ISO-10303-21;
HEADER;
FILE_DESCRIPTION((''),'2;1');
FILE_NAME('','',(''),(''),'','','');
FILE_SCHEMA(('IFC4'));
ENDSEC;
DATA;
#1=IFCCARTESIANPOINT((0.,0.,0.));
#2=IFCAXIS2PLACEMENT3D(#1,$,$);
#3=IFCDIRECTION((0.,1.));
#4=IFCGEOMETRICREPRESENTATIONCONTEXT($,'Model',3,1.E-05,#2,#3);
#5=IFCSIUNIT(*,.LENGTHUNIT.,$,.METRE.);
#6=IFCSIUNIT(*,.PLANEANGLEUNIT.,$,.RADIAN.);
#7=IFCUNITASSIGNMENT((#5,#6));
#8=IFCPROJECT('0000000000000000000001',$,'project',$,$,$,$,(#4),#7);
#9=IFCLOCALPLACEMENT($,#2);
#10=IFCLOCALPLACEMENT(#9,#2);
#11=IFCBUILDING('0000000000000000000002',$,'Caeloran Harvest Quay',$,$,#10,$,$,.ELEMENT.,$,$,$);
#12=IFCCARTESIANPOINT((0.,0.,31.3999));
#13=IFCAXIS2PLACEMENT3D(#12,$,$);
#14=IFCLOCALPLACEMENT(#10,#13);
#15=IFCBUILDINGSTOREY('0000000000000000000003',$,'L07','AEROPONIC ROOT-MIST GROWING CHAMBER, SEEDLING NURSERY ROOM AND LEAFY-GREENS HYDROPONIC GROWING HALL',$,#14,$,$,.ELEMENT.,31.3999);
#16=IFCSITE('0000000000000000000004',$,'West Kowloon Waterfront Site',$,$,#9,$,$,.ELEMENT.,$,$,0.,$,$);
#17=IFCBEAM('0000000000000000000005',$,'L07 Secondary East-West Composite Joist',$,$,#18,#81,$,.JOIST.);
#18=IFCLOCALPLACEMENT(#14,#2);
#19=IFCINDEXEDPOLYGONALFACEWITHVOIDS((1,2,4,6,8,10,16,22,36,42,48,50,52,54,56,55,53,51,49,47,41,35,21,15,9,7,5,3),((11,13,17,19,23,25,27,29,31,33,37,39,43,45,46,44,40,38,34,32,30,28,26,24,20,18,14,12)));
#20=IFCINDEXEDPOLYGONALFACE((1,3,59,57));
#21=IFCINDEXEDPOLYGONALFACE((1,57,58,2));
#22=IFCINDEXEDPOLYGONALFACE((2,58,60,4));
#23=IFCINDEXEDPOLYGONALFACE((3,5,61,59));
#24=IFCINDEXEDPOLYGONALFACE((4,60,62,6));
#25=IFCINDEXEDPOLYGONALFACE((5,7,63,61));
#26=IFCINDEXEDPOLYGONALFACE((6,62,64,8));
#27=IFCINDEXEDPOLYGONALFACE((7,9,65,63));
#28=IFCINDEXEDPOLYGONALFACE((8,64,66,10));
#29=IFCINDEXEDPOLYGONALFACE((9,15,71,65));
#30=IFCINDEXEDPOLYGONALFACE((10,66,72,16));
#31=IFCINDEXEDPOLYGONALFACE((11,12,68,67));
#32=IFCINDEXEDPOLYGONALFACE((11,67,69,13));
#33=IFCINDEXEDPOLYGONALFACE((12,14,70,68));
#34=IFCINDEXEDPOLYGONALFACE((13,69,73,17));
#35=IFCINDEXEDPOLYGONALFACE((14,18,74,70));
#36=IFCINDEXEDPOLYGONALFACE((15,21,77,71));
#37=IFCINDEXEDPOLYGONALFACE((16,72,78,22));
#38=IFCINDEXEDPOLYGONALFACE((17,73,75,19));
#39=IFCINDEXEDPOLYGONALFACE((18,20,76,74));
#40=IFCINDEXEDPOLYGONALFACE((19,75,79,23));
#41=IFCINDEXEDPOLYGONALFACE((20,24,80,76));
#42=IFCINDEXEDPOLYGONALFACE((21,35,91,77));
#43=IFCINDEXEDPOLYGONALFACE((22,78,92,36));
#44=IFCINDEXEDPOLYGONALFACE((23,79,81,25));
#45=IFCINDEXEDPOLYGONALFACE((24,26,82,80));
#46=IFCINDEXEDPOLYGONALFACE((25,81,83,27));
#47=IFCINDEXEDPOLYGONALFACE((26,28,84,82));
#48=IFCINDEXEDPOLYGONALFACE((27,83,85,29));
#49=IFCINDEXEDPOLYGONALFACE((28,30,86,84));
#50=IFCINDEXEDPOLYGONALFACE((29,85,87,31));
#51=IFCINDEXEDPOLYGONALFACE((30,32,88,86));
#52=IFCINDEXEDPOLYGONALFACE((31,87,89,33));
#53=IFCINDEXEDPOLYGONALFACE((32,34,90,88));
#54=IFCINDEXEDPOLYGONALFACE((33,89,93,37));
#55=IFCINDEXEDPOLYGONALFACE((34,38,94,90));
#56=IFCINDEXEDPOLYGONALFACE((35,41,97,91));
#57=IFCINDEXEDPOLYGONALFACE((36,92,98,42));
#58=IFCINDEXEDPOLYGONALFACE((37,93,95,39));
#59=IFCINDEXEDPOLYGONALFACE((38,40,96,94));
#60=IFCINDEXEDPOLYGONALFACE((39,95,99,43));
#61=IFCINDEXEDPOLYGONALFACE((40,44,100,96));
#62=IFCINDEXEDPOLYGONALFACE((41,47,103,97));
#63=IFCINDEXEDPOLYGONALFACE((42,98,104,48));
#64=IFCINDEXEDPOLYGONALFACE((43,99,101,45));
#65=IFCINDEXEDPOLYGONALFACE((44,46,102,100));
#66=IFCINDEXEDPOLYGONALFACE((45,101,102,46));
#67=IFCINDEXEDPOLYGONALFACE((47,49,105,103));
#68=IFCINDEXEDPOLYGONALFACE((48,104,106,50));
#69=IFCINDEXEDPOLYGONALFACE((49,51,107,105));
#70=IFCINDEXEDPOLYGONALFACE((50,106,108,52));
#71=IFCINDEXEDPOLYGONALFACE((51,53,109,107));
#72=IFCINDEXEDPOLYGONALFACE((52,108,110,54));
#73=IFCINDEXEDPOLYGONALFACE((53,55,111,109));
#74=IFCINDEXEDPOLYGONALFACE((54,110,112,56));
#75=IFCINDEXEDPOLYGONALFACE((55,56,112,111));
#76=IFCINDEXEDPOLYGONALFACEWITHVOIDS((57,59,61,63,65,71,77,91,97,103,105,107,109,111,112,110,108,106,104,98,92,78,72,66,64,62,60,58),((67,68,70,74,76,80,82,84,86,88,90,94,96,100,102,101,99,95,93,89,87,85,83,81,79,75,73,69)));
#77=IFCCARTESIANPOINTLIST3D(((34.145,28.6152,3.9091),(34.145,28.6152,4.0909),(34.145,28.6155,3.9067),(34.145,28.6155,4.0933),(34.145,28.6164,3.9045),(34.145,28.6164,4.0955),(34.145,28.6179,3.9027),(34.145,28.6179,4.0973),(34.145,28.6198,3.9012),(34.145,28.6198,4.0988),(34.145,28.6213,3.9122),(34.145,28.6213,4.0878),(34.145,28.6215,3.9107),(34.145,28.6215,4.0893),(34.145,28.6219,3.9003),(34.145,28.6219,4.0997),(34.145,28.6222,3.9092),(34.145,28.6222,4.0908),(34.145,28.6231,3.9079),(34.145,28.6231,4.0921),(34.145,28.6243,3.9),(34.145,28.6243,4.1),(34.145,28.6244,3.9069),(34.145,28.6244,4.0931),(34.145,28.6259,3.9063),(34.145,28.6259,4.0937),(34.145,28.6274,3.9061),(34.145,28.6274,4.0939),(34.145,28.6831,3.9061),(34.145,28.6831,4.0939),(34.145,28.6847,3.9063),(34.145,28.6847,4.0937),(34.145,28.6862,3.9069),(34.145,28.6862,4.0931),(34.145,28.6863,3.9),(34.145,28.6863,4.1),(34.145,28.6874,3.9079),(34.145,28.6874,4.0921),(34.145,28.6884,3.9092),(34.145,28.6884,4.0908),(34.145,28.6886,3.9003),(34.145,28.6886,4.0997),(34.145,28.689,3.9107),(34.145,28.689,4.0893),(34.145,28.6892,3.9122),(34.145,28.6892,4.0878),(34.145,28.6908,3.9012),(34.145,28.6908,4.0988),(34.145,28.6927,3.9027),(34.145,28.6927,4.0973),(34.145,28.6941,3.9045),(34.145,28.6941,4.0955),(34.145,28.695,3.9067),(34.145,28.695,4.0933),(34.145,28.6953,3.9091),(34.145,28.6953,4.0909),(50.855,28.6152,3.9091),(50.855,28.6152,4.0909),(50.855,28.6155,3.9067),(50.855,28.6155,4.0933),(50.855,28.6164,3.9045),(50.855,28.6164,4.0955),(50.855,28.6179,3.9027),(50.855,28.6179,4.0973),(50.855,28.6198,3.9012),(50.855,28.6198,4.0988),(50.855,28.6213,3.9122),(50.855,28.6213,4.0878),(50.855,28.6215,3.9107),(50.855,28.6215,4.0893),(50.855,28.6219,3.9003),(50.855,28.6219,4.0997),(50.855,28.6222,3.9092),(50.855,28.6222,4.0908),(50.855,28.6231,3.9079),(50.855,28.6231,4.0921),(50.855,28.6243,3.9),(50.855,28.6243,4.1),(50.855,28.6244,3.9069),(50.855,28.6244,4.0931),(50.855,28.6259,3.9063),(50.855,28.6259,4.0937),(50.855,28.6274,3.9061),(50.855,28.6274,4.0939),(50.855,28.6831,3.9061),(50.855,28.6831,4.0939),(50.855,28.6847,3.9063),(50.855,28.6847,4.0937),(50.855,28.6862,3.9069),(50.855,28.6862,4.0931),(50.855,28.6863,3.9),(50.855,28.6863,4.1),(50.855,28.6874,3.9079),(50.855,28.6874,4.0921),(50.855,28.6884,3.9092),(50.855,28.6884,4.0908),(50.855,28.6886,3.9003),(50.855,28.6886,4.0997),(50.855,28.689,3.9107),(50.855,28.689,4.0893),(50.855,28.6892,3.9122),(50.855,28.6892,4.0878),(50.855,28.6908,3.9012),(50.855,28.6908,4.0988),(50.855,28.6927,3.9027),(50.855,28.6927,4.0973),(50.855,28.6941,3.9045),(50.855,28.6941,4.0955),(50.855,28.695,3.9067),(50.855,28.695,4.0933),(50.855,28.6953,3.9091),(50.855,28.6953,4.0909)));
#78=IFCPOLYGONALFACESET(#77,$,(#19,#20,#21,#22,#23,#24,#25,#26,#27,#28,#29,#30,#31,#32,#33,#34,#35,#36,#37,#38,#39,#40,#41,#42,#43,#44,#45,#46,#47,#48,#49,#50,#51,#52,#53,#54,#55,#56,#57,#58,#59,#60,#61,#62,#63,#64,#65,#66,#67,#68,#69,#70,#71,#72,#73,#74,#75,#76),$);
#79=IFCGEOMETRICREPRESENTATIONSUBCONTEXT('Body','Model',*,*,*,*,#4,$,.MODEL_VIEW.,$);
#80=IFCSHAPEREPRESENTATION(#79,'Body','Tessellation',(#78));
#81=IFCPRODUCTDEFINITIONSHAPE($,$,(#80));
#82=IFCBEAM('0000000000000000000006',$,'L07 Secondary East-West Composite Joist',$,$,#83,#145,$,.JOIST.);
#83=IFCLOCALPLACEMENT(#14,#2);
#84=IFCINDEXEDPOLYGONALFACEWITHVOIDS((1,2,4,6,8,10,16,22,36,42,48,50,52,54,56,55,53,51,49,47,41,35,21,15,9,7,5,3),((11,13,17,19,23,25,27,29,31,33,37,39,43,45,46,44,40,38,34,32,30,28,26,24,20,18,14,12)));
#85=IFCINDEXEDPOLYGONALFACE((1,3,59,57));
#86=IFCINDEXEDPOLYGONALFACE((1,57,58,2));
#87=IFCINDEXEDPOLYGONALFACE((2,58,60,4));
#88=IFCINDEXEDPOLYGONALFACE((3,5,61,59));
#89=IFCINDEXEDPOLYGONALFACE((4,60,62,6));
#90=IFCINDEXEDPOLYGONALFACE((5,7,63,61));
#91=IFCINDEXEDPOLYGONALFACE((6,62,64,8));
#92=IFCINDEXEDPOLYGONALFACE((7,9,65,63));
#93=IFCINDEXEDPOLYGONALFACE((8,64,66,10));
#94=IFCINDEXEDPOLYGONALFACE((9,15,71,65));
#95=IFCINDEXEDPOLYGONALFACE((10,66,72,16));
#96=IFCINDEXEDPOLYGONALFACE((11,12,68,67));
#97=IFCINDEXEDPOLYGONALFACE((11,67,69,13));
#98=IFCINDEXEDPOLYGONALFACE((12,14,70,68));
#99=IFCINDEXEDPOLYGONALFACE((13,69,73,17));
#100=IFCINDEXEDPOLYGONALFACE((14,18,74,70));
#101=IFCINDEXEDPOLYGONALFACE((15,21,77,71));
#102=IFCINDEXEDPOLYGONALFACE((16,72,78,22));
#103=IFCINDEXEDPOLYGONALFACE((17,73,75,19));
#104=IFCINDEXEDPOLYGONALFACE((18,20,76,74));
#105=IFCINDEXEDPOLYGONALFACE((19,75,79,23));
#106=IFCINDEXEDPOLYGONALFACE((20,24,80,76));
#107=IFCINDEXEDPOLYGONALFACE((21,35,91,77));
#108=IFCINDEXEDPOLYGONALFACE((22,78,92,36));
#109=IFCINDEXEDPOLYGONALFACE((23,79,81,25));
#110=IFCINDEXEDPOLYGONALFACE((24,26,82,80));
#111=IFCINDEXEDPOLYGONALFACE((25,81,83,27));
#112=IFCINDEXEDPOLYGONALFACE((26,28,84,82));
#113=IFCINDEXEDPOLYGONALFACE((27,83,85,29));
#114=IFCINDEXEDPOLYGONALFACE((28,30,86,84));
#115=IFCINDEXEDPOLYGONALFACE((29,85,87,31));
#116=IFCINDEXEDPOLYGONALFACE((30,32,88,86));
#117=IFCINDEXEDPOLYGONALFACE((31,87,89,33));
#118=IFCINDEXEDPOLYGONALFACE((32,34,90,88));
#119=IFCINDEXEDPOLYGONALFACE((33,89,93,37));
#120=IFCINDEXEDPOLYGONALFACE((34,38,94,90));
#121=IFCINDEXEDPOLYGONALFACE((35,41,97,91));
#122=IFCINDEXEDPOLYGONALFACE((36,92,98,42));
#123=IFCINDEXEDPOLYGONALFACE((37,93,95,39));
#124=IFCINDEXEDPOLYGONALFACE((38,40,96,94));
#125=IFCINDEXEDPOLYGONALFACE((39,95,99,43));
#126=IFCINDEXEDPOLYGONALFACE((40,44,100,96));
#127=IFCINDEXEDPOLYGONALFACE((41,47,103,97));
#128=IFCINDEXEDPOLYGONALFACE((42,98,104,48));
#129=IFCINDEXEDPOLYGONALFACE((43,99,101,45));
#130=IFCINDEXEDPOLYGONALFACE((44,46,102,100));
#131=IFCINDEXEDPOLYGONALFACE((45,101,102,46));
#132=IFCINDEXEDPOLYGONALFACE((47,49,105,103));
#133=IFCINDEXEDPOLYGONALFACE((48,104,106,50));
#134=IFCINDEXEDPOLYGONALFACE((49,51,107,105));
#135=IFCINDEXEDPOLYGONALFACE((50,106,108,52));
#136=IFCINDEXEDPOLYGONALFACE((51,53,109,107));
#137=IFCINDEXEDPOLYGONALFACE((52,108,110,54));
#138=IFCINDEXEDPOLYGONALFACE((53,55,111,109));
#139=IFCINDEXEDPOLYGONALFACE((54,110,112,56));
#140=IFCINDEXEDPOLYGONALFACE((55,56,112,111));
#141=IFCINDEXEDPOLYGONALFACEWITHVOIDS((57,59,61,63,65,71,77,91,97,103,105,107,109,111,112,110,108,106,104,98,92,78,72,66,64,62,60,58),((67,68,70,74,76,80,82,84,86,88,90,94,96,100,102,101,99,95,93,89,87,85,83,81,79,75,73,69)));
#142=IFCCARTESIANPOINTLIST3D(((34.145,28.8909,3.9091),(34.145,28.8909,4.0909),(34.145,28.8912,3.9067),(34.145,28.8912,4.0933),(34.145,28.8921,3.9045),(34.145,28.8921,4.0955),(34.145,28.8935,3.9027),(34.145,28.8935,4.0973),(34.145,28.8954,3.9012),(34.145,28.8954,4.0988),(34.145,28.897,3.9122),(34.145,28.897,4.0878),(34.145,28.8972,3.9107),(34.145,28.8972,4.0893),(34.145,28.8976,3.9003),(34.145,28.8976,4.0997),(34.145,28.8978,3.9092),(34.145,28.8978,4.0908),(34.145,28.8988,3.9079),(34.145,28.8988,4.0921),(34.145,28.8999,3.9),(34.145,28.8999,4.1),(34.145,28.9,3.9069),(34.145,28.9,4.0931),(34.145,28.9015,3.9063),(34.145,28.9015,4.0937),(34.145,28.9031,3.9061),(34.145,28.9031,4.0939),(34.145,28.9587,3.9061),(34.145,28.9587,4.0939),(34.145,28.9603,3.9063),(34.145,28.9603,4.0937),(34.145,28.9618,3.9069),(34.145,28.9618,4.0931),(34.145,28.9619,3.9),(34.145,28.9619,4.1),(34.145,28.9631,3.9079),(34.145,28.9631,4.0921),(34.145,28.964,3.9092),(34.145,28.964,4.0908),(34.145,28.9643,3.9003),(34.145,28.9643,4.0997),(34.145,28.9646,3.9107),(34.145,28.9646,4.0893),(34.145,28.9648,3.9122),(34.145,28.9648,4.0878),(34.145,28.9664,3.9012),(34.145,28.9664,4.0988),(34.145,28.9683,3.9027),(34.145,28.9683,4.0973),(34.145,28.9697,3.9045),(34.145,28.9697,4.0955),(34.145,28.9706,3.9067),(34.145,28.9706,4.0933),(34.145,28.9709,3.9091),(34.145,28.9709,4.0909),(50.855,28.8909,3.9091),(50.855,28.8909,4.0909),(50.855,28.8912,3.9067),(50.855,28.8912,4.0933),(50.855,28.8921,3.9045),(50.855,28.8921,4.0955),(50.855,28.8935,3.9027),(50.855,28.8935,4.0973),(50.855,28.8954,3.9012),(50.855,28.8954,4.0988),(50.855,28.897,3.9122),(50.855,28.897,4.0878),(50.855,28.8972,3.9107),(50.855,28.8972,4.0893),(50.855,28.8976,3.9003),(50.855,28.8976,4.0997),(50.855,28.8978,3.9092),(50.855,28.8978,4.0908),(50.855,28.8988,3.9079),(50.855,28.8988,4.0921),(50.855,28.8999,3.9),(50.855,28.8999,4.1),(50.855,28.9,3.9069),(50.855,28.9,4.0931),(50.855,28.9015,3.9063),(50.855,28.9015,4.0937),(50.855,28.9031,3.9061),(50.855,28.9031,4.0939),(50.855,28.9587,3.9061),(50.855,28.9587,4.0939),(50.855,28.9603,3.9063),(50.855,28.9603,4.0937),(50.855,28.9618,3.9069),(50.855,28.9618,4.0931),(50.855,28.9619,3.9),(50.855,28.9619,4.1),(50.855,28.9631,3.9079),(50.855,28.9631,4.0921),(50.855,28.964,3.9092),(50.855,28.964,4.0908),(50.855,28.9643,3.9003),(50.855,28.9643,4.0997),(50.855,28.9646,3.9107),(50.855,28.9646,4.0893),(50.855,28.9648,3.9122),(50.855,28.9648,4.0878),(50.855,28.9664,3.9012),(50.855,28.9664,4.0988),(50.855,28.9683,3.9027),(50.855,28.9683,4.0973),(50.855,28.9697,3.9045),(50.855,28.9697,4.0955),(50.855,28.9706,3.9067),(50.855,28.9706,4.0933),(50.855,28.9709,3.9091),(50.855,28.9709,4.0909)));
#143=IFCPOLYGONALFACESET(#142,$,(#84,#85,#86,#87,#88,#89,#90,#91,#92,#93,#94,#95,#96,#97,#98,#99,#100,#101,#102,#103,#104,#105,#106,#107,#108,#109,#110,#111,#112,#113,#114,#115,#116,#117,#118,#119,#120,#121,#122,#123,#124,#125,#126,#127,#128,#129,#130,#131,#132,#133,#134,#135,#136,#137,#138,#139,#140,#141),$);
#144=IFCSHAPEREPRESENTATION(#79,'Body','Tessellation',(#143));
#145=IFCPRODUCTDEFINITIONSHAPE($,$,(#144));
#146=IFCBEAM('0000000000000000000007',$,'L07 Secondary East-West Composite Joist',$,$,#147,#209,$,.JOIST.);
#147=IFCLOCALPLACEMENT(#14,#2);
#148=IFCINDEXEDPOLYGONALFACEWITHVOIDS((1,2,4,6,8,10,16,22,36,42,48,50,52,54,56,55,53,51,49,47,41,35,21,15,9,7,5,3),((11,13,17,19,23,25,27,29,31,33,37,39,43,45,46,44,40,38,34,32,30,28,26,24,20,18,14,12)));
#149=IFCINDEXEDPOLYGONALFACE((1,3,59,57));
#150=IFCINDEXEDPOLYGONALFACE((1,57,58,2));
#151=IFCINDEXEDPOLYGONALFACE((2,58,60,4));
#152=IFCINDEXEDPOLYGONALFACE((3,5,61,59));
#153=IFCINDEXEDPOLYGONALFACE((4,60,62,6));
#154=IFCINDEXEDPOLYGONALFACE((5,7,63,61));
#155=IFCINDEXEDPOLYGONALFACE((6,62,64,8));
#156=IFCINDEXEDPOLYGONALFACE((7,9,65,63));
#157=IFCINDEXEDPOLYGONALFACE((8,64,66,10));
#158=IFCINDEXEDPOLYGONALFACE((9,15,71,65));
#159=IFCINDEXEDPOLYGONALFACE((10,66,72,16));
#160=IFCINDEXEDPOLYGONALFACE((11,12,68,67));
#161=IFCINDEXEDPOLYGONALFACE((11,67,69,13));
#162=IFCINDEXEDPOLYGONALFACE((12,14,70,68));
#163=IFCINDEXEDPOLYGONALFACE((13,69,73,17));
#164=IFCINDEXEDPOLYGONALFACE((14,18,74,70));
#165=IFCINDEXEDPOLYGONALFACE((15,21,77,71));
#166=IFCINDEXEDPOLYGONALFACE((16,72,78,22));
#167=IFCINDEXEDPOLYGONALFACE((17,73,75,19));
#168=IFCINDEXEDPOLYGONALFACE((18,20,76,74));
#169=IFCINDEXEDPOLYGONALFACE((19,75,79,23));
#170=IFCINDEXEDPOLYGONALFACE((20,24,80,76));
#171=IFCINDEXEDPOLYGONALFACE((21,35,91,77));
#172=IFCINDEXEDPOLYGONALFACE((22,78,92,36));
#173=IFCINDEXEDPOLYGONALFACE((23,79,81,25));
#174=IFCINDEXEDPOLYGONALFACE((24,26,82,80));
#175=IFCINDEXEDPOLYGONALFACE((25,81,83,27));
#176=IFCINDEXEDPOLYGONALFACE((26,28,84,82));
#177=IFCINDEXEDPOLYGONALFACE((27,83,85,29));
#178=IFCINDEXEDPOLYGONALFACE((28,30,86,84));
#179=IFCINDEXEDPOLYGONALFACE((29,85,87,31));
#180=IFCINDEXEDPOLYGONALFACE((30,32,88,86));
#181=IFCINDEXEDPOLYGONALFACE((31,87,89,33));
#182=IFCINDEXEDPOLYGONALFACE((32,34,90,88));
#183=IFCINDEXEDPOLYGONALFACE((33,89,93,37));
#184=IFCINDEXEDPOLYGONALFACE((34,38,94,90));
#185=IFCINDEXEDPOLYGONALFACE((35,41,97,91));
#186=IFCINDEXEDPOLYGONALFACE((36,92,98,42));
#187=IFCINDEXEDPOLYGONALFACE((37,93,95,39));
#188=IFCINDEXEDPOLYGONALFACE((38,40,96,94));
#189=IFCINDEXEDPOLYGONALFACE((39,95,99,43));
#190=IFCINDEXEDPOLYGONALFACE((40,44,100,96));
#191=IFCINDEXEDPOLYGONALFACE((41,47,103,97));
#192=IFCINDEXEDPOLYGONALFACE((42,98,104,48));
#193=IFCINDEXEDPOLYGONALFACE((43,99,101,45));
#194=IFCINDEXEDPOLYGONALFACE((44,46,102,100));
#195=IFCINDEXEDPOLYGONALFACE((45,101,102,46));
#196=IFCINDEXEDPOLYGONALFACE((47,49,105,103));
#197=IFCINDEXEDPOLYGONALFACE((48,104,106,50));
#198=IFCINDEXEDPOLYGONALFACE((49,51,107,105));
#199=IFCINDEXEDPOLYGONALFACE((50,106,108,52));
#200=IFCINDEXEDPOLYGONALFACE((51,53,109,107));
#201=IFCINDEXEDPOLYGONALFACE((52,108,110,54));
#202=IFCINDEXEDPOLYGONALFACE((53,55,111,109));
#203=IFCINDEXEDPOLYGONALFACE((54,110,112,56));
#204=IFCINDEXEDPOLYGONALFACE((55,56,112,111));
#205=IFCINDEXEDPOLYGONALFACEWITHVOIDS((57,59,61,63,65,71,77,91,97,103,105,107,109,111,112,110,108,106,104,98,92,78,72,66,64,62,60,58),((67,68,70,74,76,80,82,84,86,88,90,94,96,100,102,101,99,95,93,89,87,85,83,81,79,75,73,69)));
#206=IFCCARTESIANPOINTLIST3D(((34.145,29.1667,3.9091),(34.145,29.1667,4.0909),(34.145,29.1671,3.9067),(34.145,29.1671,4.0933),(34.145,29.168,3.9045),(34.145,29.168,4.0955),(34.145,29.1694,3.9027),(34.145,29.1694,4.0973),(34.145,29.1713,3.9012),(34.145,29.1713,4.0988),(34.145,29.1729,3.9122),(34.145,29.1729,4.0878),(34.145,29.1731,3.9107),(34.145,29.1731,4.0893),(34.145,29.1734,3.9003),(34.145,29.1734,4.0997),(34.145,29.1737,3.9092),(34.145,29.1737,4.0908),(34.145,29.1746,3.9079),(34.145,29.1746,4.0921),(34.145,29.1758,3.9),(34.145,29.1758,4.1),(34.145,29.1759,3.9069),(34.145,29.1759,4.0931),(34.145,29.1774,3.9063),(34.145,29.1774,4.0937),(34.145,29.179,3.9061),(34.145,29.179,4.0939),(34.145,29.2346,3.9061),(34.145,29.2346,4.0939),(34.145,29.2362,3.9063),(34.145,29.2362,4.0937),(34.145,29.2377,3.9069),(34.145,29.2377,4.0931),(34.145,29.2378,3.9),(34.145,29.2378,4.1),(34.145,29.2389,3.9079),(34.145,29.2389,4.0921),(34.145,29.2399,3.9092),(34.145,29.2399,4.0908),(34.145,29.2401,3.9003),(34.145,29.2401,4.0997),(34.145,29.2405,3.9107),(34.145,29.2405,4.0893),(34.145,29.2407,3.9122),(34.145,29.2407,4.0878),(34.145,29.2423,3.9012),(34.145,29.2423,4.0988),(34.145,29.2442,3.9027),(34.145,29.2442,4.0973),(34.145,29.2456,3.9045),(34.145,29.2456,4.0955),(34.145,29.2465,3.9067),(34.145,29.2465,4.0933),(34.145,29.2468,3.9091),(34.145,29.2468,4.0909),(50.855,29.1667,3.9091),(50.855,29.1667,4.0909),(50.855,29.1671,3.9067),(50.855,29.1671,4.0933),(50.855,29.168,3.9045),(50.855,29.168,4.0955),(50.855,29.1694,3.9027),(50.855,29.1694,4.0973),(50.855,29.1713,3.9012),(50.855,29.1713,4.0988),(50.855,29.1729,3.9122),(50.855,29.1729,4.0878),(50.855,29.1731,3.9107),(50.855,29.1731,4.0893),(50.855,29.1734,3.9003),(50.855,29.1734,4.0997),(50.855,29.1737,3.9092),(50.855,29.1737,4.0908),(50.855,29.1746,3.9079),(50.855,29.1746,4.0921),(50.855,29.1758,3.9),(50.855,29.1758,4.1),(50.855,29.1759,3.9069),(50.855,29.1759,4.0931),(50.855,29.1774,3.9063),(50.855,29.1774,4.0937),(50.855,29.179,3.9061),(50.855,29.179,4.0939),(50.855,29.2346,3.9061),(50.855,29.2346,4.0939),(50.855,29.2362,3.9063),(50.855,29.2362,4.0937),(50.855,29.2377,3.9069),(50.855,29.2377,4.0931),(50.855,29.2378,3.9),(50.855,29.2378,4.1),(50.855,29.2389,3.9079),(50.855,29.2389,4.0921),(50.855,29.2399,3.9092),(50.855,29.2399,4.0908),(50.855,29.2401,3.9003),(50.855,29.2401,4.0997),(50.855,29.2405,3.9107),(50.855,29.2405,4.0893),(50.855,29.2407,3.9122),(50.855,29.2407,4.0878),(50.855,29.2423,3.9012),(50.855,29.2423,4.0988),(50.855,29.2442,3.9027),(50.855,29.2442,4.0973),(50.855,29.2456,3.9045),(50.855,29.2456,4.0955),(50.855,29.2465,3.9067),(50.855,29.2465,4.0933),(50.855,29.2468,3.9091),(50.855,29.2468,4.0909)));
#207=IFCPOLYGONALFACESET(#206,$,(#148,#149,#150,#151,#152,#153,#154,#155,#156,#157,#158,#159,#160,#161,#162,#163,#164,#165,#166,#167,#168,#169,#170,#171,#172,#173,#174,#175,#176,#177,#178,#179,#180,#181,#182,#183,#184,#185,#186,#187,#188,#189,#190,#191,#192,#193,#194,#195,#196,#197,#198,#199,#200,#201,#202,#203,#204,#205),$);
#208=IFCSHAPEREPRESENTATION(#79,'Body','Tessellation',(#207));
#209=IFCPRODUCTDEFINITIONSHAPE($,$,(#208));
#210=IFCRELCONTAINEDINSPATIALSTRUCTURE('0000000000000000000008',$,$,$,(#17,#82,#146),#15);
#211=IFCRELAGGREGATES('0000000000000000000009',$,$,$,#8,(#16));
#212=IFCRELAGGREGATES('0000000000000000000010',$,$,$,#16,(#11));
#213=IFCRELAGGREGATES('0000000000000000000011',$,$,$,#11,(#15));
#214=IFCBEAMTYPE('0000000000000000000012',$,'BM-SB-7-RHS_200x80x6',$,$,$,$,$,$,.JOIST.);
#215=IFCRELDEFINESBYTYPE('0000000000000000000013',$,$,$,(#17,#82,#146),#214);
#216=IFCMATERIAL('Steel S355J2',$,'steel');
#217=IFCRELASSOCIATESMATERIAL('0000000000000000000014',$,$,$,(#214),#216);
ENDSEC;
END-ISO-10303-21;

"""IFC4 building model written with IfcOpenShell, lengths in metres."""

from ifc_helpers import new_model, si_unit, direction, frame, origin, origin_2d, place, context, subcontext, project, spatial, hollow_rectangle, extrude, material, material_profile, profile_set, type_object, element, save


model = new_model("IFC4")

# Units and contexts
model_context = context("Model", 3, precision=1e-05, world=origin(), true_north=direction((0.0, 1.0)))
body_context = subcontext(model_context, "Body", "Model", "MODEL_VIEW")
ifc_project = project(units=[si_unit("LENGTHUNIT", "METRE"), si_unit("PLANEANGLEUNIT", "RADIAN")], contexts=[model_context])

# Site, building, storey
site_placement = place(None, origin())
site = spatial("IfcSite", under=ifc_project, at=site_placement, Name="West Kowloon Waterfront Site", CompositionType="ELEMENT", RefElevation=0.0)
building_placement = place(site_placement, origin())
building = spatial("IfcBuilding", under=site, at=building_placement, Name="Caeloran Harvest Quay", CompositionType="ELEMENT")
storey_placement = place(building_placement, frame((0.0, 0.0, 31.3999)))
storey = spatial("IfcBuildingStorey", under=building, at=storey_placement, Name="L07", Description="AEROPONIC ROOT-MIST GROWING CHAMBER, SEEDLING NURSERY ROOM AND LEAFY-GREENS HYDROPONIC GROWING HALL", CompositionType="ELEMENT", Elevation=31.3999)

# Beams
ifc_material_1 = material(Name="Steel S355J2", Category="steel")
ifc_material_profile_1 = material_profile(ifc_material_1, hollow_rectangle(XDim=0.0801, YDim=0.2, WallThickness=0.0061, InnerFilletRadius=0.0061, OuterFilletRadius=0.009, at=origin_2d()), Name="RHS 200x80x6")
ifc_profile_set_1 = profile_set([ifc_material_profile_1], Name="Steel S355J2")
beam_type_1 = type_object("IfcBeamType", Name="BM-SB-7-RHS_200x80x6", PredefinedType="JOIST", material=ifc_profile_set_1)
for number, where, z_axis, x_axis, name in (
    (1, (34.145, 28.6553, 4.0), (1.0, 0.0, 0.0), (0.0, 1.0, 0.0), "L07 Secondary East-West Composite Joist"),
    (2, (34.145, 28.9309, 4.0), (1.0, 0.0, 0.0), (0.0, 1.0, 0.0), "L07 Secondary East-West Composite Joist"),
    (3, (34.145, 29.2068, 4.0), (1.0, 0.0, 0.0), (0.0, 1.0, 0.0), "L07 Secondary East-West Composite Joist"),
):
    element("IfcBeam", number, at=place(storey_placement, frame(where, z_axis=z_axis, x_axis=x_axis)), inside=storey, type_object=beam_type_1, Name=name, PredefinedType="JOIST", context=body_context, shape_type="SweptSolid", body=[
        extrude(hollow_rectangle(XDim=0.0801, YDim=0.2, WallThickness=0.0061, InnerFilletRadius=0.0061, OuterFilletRadius=0.009, at=origin_2d()), origin(), (0.0, 0.0, 1.0), 16.71),
    ])

save(model, "model.ifc")
